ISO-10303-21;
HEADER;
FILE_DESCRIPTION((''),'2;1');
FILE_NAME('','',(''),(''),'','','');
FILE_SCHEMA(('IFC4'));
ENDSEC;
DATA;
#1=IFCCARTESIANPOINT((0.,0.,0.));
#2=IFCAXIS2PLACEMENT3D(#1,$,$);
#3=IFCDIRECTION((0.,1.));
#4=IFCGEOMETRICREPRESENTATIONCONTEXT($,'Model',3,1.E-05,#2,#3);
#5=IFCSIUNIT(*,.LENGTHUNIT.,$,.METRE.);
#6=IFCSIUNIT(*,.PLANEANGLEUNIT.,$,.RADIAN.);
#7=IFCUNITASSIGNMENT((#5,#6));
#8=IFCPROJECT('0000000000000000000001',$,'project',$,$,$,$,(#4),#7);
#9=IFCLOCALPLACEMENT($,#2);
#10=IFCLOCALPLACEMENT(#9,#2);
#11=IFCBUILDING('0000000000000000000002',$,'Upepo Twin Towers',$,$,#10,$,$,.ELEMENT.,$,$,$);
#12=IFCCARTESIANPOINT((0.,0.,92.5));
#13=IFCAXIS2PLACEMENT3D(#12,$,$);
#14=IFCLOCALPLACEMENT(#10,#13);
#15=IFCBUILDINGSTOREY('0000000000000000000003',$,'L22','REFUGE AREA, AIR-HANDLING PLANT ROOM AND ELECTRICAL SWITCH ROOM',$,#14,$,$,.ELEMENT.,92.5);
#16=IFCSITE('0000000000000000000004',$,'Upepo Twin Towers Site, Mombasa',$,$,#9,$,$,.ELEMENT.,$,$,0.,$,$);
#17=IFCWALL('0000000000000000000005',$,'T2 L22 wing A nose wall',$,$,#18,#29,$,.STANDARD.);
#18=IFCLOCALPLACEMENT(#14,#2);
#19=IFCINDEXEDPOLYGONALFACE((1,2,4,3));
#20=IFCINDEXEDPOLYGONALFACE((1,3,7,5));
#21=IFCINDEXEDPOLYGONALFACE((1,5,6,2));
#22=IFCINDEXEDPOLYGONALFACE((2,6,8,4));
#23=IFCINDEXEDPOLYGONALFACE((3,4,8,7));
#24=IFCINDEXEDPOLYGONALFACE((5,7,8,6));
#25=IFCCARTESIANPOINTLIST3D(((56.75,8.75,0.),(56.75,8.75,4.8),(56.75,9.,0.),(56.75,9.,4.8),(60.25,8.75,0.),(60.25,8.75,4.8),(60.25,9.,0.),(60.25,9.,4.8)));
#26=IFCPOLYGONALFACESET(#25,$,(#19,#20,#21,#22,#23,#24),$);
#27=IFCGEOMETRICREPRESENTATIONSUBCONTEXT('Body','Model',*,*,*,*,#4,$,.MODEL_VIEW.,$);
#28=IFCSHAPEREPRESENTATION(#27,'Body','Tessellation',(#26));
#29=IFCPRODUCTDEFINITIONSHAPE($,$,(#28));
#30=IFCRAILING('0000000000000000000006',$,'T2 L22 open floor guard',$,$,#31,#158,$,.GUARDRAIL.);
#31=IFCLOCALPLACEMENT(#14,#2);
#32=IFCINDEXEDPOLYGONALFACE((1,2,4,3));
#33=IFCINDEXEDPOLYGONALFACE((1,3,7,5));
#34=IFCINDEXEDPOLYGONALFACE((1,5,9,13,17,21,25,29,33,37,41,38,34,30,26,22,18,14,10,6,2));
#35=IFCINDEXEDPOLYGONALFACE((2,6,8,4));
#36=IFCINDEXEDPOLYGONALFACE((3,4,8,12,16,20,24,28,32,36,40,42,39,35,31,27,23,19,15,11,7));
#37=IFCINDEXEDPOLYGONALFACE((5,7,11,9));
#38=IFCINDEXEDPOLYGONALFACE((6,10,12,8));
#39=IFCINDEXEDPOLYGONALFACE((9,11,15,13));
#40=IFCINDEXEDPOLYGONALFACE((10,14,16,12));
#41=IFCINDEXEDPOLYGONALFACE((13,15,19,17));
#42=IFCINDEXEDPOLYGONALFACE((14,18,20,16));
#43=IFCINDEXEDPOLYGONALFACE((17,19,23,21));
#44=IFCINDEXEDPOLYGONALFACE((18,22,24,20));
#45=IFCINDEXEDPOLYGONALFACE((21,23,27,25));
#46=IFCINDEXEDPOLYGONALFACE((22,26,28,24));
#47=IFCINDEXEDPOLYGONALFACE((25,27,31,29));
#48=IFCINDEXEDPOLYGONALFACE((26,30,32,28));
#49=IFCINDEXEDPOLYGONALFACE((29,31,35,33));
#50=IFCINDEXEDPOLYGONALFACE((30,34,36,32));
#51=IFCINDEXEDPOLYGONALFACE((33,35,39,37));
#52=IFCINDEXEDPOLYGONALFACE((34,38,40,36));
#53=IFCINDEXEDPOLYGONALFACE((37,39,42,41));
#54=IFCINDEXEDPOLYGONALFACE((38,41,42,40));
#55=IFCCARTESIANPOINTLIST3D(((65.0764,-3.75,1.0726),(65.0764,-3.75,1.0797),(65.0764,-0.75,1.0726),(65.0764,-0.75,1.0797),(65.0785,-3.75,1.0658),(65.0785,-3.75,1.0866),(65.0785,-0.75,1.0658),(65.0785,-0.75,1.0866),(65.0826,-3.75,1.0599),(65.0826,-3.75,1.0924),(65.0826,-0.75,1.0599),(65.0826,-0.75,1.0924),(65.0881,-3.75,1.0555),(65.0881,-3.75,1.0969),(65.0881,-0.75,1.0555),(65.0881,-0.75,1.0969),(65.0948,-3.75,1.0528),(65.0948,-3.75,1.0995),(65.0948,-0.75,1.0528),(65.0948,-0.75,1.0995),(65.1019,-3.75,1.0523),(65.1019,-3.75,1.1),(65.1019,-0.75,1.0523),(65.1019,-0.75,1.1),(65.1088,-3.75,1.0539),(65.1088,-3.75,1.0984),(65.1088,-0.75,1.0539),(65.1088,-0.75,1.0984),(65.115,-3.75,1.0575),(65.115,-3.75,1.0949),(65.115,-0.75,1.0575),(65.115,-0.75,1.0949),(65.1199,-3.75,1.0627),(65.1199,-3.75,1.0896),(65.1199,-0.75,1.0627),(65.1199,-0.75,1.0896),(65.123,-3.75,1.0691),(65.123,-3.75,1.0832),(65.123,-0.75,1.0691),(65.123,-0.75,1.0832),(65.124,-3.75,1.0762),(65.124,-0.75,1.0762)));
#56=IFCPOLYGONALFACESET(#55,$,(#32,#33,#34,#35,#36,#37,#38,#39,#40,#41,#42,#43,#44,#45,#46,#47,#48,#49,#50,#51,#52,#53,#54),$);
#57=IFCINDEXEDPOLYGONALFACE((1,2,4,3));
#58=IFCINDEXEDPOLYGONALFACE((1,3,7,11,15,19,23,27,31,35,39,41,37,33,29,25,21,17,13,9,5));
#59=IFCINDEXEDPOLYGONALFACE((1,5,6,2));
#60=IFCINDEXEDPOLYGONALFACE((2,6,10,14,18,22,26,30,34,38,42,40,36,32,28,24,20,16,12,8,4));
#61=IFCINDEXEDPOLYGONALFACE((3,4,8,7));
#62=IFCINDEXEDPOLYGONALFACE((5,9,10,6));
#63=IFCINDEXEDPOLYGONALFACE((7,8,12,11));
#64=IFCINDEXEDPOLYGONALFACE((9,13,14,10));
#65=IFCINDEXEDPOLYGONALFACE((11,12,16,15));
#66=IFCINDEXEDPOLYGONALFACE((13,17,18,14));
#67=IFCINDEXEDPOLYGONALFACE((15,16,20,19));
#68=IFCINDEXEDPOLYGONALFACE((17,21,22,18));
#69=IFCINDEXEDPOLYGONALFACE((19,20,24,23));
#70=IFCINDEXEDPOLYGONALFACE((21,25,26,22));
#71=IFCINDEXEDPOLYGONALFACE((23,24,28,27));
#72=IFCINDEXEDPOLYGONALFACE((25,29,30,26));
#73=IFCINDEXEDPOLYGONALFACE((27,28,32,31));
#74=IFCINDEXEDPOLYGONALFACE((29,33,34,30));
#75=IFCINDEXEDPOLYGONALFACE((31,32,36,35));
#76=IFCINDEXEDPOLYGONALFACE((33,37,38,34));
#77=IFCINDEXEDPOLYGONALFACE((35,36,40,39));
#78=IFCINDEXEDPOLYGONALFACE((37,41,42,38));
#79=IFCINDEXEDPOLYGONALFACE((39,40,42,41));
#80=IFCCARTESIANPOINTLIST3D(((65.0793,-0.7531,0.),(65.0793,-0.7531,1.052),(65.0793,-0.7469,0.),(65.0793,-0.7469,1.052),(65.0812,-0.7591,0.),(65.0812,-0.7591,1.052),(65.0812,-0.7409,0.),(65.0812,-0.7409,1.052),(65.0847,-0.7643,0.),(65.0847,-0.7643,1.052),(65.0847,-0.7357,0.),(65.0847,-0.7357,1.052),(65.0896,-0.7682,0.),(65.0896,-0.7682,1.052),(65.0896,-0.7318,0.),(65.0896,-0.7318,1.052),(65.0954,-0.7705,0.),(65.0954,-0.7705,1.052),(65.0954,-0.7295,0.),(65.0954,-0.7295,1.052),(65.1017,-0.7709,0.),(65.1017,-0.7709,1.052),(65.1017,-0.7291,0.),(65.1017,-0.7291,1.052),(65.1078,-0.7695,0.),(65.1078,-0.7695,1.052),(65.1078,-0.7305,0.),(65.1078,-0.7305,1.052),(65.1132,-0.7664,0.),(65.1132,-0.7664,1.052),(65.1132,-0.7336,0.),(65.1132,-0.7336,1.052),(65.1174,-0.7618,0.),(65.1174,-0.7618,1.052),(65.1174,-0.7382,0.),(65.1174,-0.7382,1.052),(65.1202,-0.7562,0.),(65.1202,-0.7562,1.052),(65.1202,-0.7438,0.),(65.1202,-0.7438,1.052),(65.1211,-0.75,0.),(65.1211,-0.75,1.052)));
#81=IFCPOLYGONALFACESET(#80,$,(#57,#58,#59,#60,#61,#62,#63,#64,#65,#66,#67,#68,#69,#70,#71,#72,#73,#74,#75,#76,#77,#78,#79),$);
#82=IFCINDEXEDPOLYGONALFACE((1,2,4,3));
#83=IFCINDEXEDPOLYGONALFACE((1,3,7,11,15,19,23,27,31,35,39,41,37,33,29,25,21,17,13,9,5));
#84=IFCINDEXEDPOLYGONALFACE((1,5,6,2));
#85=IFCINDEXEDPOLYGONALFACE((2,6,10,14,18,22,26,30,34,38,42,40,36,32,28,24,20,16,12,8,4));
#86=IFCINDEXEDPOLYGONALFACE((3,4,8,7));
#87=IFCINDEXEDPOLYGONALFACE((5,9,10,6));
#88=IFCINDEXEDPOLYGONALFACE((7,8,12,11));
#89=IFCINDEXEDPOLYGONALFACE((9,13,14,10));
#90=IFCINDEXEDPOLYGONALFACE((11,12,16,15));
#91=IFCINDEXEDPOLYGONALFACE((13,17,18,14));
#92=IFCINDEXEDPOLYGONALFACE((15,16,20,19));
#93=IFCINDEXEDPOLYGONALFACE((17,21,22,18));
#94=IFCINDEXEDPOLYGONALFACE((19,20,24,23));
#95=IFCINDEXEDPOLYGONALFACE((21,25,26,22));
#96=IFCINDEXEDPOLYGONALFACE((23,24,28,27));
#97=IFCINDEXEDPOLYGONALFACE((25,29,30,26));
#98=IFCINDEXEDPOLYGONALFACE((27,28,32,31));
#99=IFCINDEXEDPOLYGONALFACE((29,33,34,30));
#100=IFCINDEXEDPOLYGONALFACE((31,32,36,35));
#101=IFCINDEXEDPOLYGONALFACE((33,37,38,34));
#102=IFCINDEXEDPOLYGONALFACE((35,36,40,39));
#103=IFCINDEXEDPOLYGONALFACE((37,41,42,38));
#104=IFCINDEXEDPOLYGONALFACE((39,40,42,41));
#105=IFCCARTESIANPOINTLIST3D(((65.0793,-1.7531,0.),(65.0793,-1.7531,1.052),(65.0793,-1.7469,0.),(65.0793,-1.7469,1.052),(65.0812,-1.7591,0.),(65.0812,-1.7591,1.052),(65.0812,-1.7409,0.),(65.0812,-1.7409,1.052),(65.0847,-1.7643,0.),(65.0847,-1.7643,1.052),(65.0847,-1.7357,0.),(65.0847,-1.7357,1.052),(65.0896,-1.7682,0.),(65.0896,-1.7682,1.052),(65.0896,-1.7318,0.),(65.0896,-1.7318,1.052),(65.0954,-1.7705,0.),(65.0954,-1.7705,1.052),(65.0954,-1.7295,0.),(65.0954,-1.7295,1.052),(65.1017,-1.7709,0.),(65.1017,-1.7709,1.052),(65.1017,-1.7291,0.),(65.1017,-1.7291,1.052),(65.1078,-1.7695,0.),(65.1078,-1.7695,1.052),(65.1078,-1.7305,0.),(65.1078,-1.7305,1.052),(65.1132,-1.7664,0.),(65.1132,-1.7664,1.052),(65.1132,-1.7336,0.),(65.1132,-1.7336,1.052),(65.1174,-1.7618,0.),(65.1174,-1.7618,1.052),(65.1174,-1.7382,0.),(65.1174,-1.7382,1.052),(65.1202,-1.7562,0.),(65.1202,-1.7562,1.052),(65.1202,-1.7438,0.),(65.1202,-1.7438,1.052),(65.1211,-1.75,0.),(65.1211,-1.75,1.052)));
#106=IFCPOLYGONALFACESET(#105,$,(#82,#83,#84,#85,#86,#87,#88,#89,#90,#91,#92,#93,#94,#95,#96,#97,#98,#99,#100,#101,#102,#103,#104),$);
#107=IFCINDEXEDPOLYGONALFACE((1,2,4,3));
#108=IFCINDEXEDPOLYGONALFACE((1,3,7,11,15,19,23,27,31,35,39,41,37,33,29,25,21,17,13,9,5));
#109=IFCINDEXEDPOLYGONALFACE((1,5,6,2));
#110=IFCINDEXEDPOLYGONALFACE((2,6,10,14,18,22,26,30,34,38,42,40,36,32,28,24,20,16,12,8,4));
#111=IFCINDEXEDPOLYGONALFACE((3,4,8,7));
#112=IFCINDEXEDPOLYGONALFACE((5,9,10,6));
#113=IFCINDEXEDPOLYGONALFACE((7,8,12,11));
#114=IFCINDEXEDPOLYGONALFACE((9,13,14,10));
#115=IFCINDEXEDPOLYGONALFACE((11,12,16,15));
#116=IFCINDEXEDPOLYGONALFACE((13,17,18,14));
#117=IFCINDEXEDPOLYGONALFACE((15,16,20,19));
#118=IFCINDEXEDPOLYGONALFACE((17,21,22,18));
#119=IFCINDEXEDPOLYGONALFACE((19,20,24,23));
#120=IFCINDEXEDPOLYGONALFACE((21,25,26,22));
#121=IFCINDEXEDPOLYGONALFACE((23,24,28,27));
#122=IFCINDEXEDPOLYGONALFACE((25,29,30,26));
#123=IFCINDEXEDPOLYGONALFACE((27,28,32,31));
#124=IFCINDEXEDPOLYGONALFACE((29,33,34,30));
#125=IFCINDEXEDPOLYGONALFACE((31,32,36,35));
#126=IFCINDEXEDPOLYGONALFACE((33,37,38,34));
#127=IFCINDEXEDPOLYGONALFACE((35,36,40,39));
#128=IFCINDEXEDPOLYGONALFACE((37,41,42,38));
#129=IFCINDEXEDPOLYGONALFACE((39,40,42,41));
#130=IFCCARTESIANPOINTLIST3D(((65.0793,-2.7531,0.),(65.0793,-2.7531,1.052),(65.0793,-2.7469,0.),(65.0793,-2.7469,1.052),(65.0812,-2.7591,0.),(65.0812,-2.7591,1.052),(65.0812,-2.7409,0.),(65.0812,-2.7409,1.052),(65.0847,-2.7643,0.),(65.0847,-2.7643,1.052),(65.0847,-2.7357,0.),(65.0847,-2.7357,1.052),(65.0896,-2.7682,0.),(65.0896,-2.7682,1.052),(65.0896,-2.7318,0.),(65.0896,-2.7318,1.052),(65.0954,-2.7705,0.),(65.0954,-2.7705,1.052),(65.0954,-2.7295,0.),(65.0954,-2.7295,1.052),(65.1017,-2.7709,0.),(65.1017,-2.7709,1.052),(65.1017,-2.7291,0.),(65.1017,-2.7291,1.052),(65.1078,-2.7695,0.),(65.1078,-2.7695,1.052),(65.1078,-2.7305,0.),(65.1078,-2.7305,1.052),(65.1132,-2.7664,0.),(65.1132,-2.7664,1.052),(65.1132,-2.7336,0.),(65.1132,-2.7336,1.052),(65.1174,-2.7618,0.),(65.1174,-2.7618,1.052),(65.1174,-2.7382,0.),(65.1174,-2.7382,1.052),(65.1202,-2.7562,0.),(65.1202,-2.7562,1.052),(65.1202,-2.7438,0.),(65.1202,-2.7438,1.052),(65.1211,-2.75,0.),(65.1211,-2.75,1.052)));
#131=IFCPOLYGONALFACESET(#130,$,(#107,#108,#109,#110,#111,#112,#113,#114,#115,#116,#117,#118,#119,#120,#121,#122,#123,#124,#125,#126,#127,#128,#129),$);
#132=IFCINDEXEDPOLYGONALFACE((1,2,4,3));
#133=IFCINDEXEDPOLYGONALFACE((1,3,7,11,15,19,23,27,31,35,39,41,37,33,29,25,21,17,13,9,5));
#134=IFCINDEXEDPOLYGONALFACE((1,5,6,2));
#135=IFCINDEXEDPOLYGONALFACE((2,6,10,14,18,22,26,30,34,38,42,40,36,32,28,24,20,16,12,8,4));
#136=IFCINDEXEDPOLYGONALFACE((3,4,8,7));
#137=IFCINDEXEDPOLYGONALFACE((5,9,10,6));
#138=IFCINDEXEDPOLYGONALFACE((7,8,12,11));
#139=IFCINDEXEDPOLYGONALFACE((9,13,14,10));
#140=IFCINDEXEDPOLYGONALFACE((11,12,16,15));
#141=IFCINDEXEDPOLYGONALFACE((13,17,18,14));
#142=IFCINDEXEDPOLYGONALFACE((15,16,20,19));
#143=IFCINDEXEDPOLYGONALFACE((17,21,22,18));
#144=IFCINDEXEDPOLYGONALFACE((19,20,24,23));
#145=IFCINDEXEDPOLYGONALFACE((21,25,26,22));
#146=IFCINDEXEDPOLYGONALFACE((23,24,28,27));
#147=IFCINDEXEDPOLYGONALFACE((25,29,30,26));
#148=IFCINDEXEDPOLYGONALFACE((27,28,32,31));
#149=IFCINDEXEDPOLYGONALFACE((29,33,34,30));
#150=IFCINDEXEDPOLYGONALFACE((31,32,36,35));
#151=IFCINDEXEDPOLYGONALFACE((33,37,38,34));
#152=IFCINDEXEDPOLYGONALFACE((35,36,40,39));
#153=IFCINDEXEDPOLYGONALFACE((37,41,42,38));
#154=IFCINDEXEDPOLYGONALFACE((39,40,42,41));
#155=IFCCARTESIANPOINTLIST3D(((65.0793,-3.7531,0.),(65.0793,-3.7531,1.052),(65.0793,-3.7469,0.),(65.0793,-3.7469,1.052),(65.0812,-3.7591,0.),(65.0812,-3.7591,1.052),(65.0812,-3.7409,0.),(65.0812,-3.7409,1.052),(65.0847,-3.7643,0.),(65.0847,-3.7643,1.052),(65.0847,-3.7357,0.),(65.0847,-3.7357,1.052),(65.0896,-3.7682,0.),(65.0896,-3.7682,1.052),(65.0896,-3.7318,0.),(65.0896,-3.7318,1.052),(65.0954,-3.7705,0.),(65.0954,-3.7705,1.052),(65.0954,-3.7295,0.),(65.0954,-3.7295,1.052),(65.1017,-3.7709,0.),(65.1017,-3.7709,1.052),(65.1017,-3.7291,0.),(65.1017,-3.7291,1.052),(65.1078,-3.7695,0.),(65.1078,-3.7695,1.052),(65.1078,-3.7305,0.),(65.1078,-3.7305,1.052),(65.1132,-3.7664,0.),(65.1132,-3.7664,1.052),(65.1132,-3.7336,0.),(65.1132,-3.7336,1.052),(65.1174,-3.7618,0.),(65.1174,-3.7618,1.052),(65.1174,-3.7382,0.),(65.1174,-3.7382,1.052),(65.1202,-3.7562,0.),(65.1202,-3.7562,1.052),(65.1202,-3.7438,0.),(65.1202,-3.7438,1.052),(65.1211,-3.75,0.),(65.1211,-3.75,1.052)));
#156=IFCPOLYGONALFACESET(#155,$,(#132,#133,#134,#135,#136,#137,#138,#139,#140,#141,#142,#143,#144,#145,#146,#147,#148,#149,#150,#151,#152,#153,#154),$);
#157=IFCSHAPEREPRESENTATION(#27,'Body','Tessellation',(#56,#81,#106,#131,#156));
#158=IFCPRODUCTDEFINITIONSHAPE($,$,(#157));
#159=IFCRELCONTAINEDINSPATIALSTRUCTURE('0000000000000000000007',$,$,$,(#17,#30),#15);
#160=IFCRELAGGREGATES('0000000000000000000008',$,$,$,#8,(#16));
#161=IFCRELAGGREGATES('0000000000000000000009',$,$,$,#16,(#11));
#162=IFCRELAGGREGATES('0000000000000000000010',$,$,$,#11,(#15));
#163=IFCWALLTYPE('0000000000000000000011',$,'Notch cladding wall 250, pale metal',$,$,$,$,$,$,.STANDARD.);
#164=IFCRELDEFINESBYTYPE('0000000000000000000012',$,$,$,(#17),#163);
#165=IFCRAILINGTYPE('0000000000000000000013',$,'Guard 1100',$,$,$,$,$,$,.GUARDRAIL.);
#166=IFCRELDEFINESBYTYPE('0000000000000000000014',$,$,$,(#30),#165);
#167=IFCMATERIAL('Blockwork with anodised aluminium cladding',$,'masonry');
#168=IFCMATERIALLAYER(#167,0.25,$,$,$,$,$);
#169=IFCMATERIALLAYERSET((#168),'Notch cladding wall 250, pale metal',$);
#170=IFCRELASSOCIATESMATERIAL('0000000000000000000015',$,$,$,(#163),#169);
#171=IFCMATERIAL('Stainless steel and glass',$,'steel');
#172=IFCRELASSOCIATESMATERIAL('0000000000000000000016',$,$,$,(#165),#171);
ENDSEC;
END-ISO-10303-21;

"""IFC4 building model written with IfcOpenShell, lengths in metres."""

from ifc_helpers import new_model, si_unit, direction, frame, frame_2d, origin, origin_2d, place, context, subcontext, project, spatial, rectangle, circle, extrude, material, layer, layer_set, type_object, element, save


model = new_model("IFC4")

# Units and contexts
model_context = context("Model", 3, precision=1e-05, world=origin(), true_north=direction((0.0, 1.0)))
body_context = subcontext(model_context, "Body", "Model", "MODEL_VIEW")
ifc_project = project(units=[si_unit("LENGTHUNIT", "METRE"), si_unit("PLANEANGLEUNIT", "RADIAN")], contexts=[model_context])

# Site, building, storey
site_placement = place(None, origin())
site = spatial("IfcSite", under=ifc_project, at=site_placement, Name="Upepo Twin Towers Site, Mombasa", CompositionType="ELEMENT", RefElevation=0.0)
building_placement = place(site_placement, origin())
building = spatial("IfcBuilding", under=site, at=building_placement, Name="Upepo Twin Towers", CompositionType="ELEMENT")
storey_placement = place(building_placement, frame((0.0, 0.0, 92.5)))
storey = spatial("IfcBuildingStorey", under=building, at=storey_placement, Name="L22", Description="REFUGE AREA, AIR-HANDLING PLANT ROOM AND ELECTRICAL SWITCH ROOM", CompositionType="ELEMENT", Elevation=92.5)

# Wall
ifc_material_1 = material(Name="Blockwork with anodised aluminium cladding", Category="masonry")
ifc_layer_1 = layer(ifc_material_1, 0.25)
ifc_layer_set_1 = layer_set([ifc_layer_1], Name="Notch cladding wall 250, pale metal")
wall_type_1 = type_object("IfcWallType", Name="Notch cladding wall 250, pale metal", PredefinedType="STANDARD", material=ifc_layer_set_1)
wall_1_placement = place(storey_placement, frame((60.25, 8.875, 0.0), z_axis=(0.0, 0.0, 1.0), x_axis=(-1.0, 0.0, 0.0)))
element("IfcWall", 1, at=wall_1_placement, inside=storey, type_object=wall_type_1, Name="T2 L22 wing A nose wall", PredefinedType="STANDARD", context=body_context, shape_type="SweptSolid", body=[
    extrude(rectangle(XDim=3.5, YDim=0.25, at=frame_2d((1.75, 0.0))), origin(), (0.0, 0.0, 1.0), 4.8),
])

# Railing
ifc_material_2 = material(Name="Stainless steel and glass", Category="steel")
railing_type = type_object("IfcRailingType", Name="Guard 1100", PredefinedType="GUARDRAIL", material=ifc_material_2)
for number, where, name in (
    (2, (65.1001, -0.75, 0.0), "T2 L22 open floor guard"),
):
    element("IfcRailing", number, at=place(storey_placement, frame(where)), inside=storey, type_object=railing_type, Name=name, PredefinedType="GUARDRAIL", context=body_context, shape_type="SweptSolid", body=[
        extrude(circle(Radius=0.0239, at=origin_2d()), frame((0.0, 0.0, 1.0762), z_axis=(0.0, -1.0, 0.0), x_axis=(1.0, 0.0, 0.0)), (0.0, 0.0, 1.0), 3.0),
        extrude(circle(Radius=0.021, at=origin_2d()), origin(), (0.0, 0.0, 1.0), 1.052),
        extrude(circle(Radius=0.021, at=origin_2d()), frame((0.0, -1.0, 0.0)), (0.0, 0.0, 1.0), 1.052),
        extrude(circle(Radius=0.021, at=origin_2d()), frame((0.0, -2.0, 0.0)), (0.0, 0.0, 1.0), 1.052),
        extrude(circle(Radius=0.021, at=origin_2d()), frame((0.0, -3.0, 0.0)), (0.0, 0.0, 1.0), 1.052),
    ])

save(model, "model.ifc")
